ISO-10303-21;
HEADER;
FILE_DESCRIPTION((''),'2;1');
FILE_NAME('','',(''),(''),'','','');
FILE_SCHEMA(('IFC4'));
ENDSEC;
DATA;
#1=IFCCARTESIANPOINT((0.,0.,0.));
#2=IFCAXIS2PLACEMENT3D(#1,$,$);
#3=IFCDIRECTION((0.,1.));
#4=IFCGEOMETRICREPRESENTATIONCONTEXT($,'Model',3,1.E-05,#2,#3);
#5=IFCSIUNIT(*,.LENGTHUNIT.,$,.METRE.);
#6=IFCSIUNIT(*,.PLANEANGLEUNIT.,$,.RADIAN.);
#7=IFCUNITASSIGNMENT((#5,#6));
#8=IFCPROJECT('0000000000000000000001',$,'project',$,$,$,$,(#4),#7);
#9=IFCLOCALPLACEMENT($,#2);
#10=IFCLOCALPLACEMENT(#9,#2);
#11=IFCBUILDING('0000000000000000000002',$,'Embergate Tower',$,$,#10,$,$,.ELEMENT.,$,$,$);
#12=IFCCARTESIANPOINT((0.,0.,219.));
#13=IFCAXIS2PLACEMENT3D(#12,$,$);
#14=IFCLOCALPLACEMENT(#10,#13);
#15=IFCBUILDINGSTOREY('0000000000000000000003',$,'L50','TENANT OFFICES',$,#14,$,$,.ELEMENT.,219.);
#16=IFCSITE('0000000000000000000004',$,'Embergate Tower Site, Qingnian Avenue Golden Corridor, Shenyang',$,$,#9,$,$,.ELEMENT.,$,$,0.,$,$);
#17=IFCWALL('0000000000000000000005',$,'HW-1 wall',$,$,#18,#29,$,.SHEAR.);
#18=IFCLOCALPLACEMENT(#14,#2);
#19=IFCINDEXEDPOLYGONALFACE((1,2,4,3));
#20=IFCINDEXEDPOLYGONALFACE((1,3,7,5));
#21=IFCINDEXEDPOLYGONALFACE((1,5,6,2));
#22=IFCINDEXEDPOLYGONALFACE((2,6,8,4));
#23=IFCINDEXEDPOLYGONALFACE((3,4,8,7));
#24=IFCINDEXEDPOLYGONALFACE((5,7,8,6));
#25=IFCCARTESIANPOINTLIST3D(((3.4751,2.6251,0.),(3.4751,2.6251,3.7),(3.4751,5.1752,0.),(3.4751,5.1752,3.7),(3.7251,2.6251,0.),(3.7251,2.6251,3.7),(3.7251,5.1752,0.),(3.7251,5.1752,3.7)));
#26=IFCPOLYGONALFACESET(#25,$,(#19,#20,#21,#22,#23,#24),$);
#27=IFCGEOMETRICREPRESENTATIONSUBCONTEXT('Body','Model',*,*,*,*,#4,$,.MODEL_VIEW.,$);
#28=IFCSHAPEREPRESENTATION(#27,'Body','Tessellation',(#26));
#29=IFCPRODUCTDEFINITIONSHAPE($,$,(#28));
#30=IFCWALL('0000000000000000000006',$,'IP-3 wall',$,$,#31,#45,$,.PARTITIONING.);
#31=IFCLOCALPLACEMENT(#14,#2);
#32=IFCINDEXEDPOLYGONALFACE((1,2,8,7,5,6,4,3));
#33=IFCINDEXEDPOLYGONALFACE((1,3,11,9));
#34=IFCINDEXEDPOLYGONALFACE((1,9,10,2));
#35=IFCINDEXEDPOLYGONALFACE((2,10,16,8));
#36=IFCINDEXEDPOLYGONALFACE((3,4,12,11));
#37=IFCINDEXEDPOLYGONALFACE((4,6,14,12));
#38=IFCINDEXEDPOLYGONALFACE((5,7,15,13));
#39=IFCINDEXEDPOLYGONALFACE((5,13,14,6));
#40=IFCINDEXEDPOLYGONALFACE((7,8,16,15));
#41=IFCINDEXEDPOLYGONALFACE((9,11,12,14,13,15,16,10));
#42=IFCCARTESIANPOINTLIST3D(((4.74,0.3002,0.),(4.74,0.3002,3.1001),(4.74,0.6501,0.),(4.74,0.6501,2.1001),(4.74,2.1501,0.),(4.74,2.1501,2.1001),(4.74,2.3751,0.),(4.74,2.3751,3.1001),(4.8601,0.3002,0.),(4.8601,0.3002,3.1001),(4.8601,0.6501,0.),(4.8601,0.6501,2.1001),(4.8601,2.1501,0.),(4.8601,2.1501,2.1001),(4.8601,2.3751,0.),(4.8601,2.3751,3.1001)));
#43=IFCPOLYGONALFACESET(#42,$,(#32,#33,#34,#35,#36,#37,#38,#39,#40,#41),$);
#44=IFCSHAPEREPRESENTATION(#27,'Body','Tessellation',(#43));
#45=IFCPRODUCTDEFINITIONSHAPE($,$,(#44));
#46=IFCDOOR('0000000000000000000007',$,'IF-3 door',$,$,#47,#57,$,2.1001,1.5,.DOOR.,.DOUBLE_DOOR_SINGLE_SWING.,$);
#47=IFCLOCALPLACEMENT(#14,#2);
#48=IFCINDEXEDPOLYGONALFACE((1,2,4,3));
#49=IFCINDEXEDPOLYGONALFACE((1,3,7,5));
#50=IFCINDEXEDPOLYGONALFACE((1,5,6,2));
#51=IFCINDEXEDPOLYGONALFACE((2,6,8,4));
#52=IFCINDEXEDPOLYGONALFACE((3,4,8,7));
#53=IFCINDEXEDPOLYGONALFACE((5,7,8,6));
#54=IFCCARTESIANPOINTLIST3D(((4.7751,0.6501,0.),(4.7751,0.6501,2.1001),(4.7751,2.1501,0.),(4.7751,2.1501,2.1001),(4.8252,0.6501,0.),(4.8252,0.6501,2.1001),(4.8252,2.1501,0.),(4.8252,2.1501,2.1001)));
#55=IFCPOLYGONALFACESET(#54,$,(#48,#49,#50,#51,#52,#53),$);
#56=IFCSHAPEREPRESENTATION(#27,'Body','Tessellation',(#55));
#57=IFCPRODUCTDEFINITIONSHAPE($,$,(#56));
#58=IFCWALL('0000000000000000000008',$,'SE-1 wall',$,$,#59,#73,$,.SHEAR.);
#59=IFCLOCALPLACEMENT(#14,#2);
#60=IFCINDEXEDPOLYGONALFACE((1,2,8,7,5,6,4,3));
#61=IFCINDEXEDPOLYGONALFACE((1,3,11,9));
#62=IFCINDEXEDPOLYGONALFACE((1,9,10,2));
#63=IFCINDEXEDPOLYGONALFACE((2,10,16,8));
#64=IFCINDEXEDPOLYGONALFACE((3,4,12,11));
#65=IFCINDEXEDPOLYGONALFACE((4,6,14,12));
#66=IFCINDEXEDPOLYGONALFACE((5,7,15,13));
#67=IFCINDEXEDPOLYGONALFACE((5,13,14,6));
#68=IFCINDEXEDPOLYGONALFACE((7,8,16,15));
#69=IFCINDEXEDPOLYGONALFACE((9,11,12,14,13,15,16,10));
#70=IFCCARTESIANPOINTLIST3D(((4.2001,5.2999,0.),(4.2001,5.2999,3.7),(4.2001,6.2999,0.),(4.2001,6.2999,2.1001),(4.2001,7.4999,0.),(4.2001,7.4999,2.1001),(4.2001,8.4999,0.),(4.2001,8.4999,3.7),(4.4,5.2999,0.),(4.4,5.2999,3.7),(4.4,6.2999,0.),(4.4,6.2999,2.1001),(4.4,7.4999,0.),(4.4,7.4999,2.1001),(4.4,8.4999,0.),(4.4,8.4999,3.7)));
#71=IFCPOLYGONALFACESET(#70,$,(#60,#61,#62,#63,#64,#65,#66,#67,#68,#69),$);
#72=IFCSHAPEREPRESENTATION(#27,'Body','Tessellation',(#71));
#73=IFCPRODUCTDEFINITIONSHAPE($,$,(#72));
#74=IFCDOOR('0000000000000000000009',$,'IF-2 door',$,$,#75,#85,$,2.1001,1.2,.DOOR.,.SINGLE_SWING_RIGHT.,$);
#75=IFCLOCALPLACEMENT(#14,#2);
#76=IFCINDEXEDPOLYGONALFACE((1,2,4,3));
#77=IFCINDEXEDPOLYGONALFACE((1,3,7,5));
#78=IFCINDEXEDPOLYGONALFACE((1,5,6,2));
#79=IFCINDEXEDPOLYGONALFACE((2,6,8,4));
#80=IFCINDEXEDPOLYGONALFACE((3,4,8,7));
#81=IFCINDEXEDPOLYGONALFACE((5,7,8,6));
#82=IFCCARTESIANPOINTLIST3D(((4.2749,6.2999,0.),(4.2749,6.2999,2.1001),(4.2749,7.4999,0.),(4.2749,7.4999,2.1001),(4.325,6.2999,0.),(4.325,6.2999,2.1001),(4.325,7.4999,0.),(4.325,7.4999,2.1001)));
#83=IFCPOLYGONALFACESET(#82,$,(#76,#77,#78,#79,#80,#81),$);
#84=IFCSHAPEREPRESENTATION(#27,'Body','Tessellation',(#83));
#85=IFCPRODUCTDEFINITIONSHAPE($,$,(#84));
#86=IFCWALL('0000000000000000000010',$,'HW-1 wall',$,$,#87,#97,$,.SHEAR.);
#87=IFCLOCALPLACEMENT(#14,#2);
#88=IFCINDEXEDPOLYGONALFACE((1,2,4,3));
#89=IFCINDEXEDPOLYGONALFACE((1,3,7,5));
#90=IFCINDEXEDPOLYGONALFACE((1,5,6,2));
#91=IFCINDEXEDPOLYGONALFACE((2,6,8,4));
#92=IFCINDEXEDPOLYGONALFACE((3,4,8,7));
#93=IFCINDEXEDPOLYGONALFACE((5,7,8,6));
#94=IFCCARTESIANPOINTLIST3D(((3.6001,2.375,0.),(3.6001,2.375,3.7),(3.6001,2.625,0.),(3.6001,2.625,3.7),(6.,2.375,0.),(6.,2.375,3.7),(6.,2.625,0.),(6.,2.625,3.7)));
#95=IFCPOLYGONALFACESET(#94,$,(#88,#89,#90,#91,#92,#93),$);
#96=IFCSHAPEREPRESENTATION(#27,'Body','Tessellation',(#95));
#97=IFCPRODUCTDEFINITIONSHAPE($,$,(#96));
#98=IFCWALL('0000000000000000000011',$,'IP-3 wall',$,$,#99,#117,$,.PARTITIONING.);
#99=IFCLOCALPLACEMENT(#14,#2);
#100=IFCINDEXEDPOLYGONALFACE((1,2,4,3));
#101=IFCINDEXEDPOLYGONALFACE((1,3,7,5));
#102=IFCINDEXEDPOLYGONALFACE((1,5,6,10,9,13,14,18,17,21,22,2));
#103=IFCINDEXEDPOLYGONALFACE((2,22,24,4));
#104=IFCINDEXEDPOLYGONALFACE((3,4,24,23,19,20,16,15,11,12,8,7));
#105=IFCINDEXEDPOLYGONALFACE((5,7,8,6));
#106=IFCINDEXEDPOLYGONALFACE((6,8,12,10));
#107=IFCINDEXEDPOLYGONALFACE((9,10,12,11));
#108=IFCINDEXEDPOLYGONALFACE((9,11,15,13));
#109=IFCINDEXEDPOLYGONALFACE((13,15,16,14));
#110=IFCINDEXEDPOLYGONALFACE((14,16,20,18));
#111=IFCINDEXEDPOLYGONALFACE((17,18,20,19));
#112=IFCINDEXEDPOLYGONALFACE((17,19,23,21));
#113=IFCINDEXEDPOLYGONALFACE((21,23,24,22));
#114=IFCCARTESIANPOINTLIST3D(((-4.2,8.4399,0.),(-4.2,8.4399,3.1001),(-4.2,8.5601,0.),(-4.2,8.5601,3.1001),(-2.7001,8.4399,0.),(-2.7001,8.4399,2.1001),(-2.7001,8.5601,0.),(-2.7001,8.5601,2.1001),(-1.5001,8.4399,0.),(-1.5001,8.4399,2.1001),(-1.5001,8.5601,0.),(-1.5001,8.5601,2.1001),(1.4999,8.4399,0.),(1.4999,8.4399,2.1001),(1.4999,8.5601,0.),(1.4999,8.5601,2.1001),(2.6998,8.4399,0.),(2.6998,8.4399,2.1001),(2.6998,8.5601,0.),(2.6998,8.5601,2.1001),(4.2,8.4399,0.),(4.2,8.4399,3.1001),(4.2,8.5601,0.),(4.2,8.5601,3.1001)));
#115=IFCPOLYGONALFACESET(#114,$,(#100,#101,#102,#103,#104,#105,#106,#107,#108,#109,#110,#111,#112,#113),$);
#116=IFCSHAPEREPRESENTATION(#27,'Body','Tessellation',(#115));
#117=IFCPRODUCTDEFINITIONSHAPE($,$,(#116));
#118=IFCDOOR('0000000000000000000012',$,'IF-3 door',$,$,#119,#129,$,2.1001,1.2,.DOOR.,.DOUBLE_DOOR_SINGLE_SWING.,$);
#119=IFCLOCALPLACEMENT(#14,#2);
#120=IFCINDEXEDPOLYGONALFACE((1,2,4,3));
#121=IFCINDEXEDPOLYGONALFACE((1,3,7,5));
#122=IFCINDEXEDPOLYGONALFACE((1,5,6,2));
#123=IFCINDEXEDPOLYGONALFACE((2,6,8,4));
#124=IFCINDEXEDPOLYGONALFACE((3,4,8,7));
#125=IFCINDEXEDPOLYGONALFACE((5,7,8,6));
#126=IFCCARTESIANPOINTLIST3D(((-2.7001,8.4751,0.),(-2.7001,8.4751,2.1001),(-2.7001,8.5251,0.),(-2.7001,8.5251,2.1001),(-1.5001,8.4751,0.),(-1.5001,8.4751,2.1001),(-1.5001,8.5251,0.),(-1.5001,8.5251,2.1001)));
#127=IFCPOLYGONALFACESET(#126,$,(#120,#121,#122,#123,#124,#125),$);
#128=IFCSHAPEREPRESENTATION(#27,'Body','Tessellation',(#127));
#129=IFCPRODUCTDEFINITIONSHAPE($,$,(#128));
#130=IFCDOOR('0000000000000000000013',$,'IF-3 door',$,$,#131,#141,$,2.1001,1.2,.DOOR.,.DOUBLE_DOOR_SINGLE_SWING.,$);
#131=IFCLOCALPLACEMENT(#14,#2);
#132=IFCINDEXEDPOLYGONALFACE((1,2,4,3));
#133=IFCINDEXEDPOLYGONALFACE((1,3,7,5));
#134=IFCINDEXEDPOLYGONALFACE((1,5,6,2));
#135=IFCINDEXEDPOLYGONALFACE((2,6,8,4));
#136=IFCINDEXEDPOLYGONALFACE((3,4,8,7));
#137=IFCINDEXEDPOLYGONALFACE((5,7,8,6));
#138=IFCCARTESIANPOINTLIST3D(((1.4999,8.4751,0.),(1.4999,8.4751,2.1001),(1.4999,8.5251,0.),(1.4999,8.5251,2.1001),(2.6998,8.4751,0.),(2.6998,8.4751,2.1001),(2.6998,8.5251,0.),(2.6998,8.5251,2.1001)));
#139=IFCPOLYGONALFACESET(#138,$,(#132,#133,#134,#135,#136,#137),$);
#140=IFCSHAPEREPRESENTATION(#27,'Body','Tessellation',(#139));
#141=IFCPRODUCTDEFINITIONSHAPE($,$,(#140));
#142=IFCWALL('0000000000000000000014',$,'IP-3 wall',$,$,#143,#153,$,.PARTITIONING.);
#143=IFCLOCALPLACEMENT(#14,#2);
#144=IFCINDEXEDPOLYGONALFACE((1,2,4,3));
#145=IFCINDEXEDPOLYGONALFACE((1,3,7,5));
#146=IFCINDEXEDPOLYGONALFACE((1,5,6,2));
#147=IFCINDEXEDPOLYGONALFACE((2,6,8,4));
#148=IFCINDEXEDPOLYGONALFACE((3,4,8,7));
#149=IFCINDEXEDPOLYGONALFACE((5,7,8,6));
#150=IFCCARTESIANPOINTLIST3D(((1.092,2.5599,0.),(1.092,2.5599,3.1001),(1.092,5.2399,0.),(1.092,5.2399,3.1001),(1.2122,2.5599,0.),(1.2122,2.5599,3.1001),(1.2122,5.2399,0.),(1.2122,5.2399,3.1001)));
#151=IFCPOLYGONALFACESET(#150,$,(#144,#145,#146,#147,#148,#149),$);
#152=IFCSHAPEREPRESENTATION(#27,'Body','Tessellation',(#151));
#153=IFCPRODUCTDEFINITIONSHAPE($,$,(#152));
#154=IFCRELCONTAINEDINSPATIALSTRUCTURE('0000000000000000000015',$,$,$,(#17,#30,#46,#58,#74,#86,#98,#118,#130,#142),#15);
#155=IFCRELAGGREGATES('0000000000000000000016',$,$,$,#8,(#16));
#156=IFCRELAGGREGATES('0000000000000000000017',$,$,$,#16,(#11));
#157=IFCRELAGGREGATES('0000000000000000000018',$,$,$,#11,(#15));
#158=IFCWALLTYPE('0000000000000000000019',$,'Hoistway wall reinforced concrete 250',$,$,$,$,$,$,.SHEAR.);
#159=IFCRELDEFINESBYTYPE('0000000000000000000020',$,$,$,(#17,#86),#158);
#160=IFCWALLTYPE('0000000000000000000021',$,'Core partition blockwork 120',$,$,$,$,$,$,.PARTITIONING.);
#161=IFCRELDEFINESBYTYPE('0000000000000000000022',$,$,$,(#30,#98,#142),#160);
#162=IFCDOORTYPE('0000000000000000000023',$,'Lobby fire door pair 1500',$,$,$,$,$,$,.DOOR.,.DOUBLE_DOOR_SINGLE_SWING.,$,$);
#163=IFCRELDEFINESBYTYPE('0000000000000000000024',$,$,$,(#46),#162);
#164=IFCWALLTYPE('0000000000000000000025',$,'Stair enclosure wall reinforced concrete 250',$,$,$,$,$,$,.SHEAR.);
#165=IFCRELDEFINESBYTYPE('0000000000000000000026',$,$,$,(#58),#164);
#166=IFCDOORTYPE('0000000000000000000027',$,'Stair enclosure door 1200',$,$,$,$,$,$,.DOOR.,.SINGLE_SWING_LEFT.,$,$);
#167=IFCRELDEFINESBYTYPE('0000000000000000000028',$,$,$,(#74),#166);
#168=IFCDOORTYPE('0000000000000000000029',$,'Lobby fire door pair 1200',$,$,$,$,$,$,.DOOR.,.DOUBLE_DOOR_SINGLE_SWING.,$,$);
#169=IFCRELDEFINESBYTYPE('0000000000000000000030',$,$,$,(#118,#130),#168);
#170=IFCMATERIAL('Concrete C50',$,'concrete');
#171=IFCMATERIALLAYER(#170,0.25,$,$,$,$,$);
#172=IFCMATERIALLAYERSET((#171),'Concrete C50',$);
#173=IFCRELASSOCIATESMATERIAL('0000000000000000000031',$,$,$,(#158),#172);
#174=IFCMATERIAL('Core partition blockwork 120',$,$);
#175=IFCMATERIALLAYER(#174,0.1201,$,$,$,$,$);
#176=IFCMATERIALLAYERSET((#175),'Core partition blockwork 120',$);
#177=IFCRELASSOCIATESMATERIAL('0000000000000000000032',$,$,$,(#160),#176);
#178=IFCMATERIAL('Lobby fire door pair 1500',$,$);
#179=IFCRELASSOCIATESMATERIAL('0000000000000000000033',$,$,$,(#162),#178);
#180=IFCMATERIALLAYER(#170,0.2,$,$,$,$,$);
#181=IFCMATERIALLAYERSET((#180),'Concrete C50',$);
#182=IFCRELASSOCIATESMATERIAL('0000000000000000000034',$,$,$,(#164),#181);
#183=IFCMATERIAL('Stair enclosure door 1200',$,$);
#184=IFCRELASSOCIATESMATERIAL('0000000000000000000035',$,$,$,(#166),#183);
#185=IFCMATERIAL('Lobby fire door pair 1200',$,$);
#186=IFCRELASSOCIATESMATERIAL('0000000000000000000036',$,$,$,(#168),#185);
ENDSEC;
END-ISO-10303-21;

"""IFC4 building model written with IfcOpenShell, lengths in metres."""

from ifc_helpers import new_model, si_unit, direction, frame, frame_2d, origin, place, context, subcontext, project, spatial, rectangle, extrude, source, transform, mapped, material, layer, layer_set, type_object, element, fill, save


model = new_model("IFC4")

# Units and contexts
model_context = context("Model", 3, precision=1e-05, world=origin(), true_north=direction((0.0, 1.0)))
body_context = subcontext(model_context, "Body", "Model", "MODEL_VIEW")
ifc_project = project(units=[si_unit("LENGTHUNIT", "METRE"), si_unit("PLANEANGLEUNIT", "RADIAN")], contexts=[model_context])

# Site, building, storey
site_placement = place(None, origin())
site = spatial("IfcSite", under=ifc_project, at=site_placement, Name="Embergate Tower Site, Qingnian Avenue Golden Corridor, Shenyang", CompositionType="ELEMENT", RefElevation=0.0)
building_placement = place(site_placement, origin())
building = spatial("IfcBuilding", under=site, at=building_placement, Name="Embergate Tower", CompositionType="ELEMENT")
storey_placement = place(building_placement, frame((0.0, 0.0, 219.0)))
storey = spatial("IfcBuildingStorey", under=building, at=storey_placement, Name="L50", Description="TENANT OFFICES", CompositionType="ELEMENT", Elevation=219.0)

# Wall
ifc_material_1 = material(Name="Concrete C50", Category="concrete")
ifc_layer_1 = layer(ifc_material_1, 0.25)
ifc_layer_set_1 = layer_set([ifc_layer_1], Name="Concrete C50")
wall_type_1 = type_object("IfcWallType", Name="Hoistway wall reinforced concrete 250", PredefinedType="SHEAR", material=ifc_layer_set_1)
shared_shape_1 = source(origin(), body_context, "Body", "SweptSolid", [
    extrude(rectangle(XDim=2.55, YDim=0.25, at=frame_2d((1.2749, 0.0))), origin(), (0.0, 0.0, 1.0), 3.7),
])
wall_1_placement = place(storey_placement, frame((3.6001, 5.175, 0.0), z_axis=(0.0, 0.0, 1.0), x_axis=(0.0, -1.0, 0.0)))
element("IfcWall", 1, at=wall_1_placement, inside=storey, type_object=wall_type_1, Name="HW-1 wall", PredefinedType="SHEAR", context=body_context, shape_type="MappedRepresentation", body=[
    mapped(shared_shape_1, transform((0.0, 0.0, 0.0))),
])

# Walls, openings, doors
ifc_material_2 = material(Name="Core partition blockwork 120")
ifc_layer_2 = layer(ifc_material_2, 0.1201)
ifc_layer_set_2 = layer_set([ifc_layer_2], Name="Core partition blockwork 120")
wall_type_2 = type_object("IfcWallType", Name="Core partition blockwork 120", PredefinedType="PARTITIONING", material=ifc_layer_set_2)
shared_shape_2 = source(origin(), body_context, "Body", "SweptSolid", [
    extrude(rectangle(XDim=2.075, YDim=0.1201, at=frame_2d((1.0376, 0.0))), origin(), (0.0, 0.0, 1.0), 3.1001),
])
wall_2_placement = place(storey_placement, frame((4.8, 0.3, 0.0), z_axis=(0.0, 0.0, 1.0), x_axis=(0.0, 1.0, 0.0)))
wall_2 = element("IfcWall", 2, at=wall_2_placement, inside=storey, type_object=wall_type_2, Name="IP-3 wall", PredefinedType="PARTITIONING", context=body_context, shape_type="MappedRepresentation", body=[
    mapped(shared_shape_2, transform((0.0, 0.0, 0.0))),
])
shared_shape_3 = source(origin(), body_context, "Body", "SweptSolid", [
    extrude(rectangle(XDim=1.5, YDim=2.1001, at=frame_2d((0.75, 1.05))), frame((0.0, 0.0701, 0.0), z_axis=(0.0, -1.0, 0.0), x_axis=(1.0, 0.0, 0.0)), (0.0, 0.0, 1.0), 0.1401),
])
opening_1_placement = place(wall_2_placement, frame((0.3501, 0.0, 0.0)))
opening_1 = element("IfcOpeningElement", 3, at=opening_1_placement, cuts=wall_2, PredefinedType="OPENING", context=body_context, shape_type="MappedRepresentation", body=[
    mapped(shared_shape_3, transform((0.0, 0.0, 0.0))),
])
ifc_material_3 = material(Name="Lobby fire door pair 1500")
door_type_1 = type_object("IfcDoorType", Name="Lobby fire door pair 1500", OperationType="DOUBLE_DOOR_SINGLE_SWING", PredefinedType="DOOR", material=ifc_material_3)
shared_shape_4 = source(origin(), body_context, "Body", "SweptSolid", [
    extrude(rectangle(XDim=1.5, YDim=2.1001, at=frame_2d((0.75, 1.05))), frame((0.0, 0.0249, 0.0), z_axis=(0.0, -1.0, 0.0), x_axis=(1.0, 0.0, 0.0)), (0.0, 0.0, 1.0), 0.05),
])
door_1_placement = place(opening_1_placement, origin())
door_1 = element("IfcDoor", 4, at=door_1_placement, inside=storey, type_object=door_type_1, Name="IF-3 door", OperationType="DOUBLE_DOOR_SINGLE_SWING", OverallHeight=2.1001, OverallWidth=1.5, PredefinedType="DOOR", context=body_context, shape_type="MappedRepresentation", body=[
    mapped(shared_shape_4, transform((0.0, 0.0, 0.0))),
])
fill(opening_1, door_1)
ifc_layer_3 = layer(ifc_material_1, 0.2)
ifc_layer_set_3 = layer_set([ifc_layer_3], Name="Concrete C50")
wall_type_3 = type_object("IfcWallType", Name="Stair enclosure wall reinforced concrete 250", PredefinedType="SHEAR", material=ifc_layer_set_3)
shared_shape_5 = source(origin(), body_context, "Body", "SweptSolid", [
    extrude(rectangle(XDim=3.2, YDim=0.2, at=frame_2d((1.6001, 0.0))), origin(), (0.0, 0.0, 1.0), 3.7),
])
wall_3_placement = place(storey_placement, frame((4.3, 8.5, 0.0), z_axis=(0.0, 0.0, 1.0), x_axis=(0.0, -1.0, 0.0)))
wall_3 = element("IfcWall", 5, at=wall_3_placement, inside=storey, type_object=wall_type_3, Name="SE-1 wall", PredefinedType="SHEAR", context=body_context, shape_type="MappedRepresentation", body=[
    mapped(shared_shape_5, transform((0.0, 0.0, 0.0))),
])
shared_shape_6 = source(origin(), body_context, "Body", "SweptSolid", [
    extrude(rectangle(XDim=1.2, YDim=2.1001, at=frame_2d((0.6001, 1.05))), frame((0.0, 0.1099, 0.0), z_axis=(0.0, -1.0, 0.0), x_axis=(1.0, 0.0, 0.0)), (0.0, 0.0, 1.0), 0.22),
])
opening_2_placement = place(wall_3_placement, frame((1.0, 0.0, 0.0)))
opening_2 = element("IfcOpeningElement", 6, at=opening_2_placement, cuts=wall_3, PredefinedType="OPENING", context=body_context, shape_type="MappedRepresentation", body=[
    mapped(shared_shape_6, transform((0.0, 0.0, 0.0))),
])
ifc_material_4 = material(Name="Stair enclosure door 1200")
door_type_2 = type_object("IfcDoorType", Name="Stair enclosure door 1200", OperationType="SINGLE_SWING_LEFT", PredefinedType="DOOR", material=ifc_material_4)
shared_shape_7 = source(origin(), body_context, "Body", "SweptSolid", [
    extrude(rectangle(XDim=1.2, YDim=2.1001, at=frame_2d((0.6001, 1.05))), frame((0.0, 0.0249, 0.0), z_axis=(0.0, -1.0, 0.0), x_axis=(1.0, 0.0, 0.0)), (0.0, 0.0, 1.0), 0.05),
])
door_2_placement = place(opening_2_placement, origin())
door_2 = element("IfcDoor", 7, at=door_2_placement, inside=storey, type_object=door_type_2, Name="IF-2 door", OperationType="SINGLE_SWING_RIGHT", OverallHeight=2.1001, OverallWidth=1.2, PredefinedType="DOOR", context=body_context, shape_type="MappedRepresentation", body=[
    mapped(shared_shape_7, transform((0.0, 0.0, 0.0))),
])
fill(opening_2, door_2)

# Wall
shared_shape_8 = source(origin(), body_context, "Body", "SweptSolid", [
    extrude(rectangle(XDim=2.3999, YDim=0.25, at=frame_2d((1.2, 0.0))), origin(), (0.0, 0.0, 1.0), 3.7),
])
wall_4_placement = place(storey_placement, frame((3.6001, 2.5, 0.0), z_axis=(0.0, 0.0, 1.0), x_axis=(1.0, 0.0, 0.0)))
element("IfcWall", 8, at=wall_4_placement, inside=storey, type_object=wall_type_1, Name="HW-1 wall", PredefinedType="SHEAR", context=body_context, shape_type="MappedRepresentation", body=[
    mapped(shared_shape_8, transform((0.0, 0.0, 0.0))),
])

# Wall, openings, doors
shared_shape_9 = source(origin(), body_context, "Body", "SweptSolid", [
    extrude(rectangle(XDim=8.3999, YDim=0.1201, at=frame_2d((4.2, 0.0))), origin(), (0.0, 0.0, 1.0), 3.1001),
])
wall_5_placement = place(storey_placement, frame((4.2, 8.5, 0.0), z_axis=(0.0, 0.0, 1.0), x_axis=(-1.0, 0.0, 0.0)))
wall_5 = element("IfcWall", 9, at=wall_5_placement, inside=storey, type_object=wall_type_2, Name="IP-3 wall", PredefinedType="PARTITIONING", context=body_context, shape_type="MappedRepresentation", body=[
    mapped(shared_shape_9, transform((0.0, 0.0, 0.0))),
])
shared_shape_10 = source(origin(), body_context, "Body", "SweptSolid", [
    extrude(rectangle(XDim=1.2, YDim=2.1001, at=frame_2d((0.6001, 1.05))), frame((0.0, 0.0701, 0.0), z_axis=(0.0, -1.0, 0.0), x_axis=(1.0, 0.0, 0.0)), (0.0, 0.0, 1.0), 0.1401),
])
opening_3_placement = place(wall_5_placement, frame((5.7, 0.0, 0.0)))
opening_3 = element("IfcOpeningElement", 10, at=opening_3_placement, cuts=wall_5, PredefinedType="OPENING", context=body_context, shape_type="MappedRepresentation", body=[
    mapped(shared_shape_10, transform((0.0, 0.0, 0.0))),
])
opening_4_placement = place(wall_5_placement, frame((1.5, 0.0, 0.0)))
opening_4 = element("IfcOpeningElement", 11, at=opening_4_placement, cuts=wall_5, PredefinedType="OPENING", context=body_context, shape_type="MappedRepresentation", body=[
    mapped(shared_shape_10, transform((0.0, 0.0, 0.0))),
])
ifc_material_5 = material(Name="Lobby fire door pair 1200")
door_type_3 = type_object("IfcDoorType", Name="Lobby fire door pair 1200", OperationType="DOUBLE_DOOR_SINGLE_SWING", PredefinedType="DOOR", material=ifc_material_5)
door_3_placement = place(opening_3_placement, origin())
door_3 = element("IfcDoor", 12, at=door_3_placement, inside=storey, type_object=door_type_3, Name="IF-3 door", OperationType="DOUBLE_DOOR_SINGLE_SWING", OverallHeight=2.1001, OverallWidth=1.2, PredefinedType="DOOR", context=body_context, shape_type="MappedRepresentation", body=[
    mapped(shared_shape_7, transform((0.0, 0.0, 0.0))),
])
fill(opening_3, door_3)
door_4_placement = place(opening_4_placement, origin())
door_4 = element("IfcDoor", 13, at=door_4_placement, inside=storey, type_object=door_type_3, Name="IF-3 door", OperationType="DOUBLE_DOOR_SINGLE_SWING", OverallHeight=2.1001, OverallWidth=1.2, PredefinedType="DOOR", context=body_context, shape_type="MappedRepresentation", body=[
    mapped(shared_shape_7, transform((0.0, 0.0, 0.0))),
])
fill(opening_4, door_4)

# Wall
shared_shape_11 = source(origin(), body_context, "Body", "SweptSolid", [
    extrude(rectangle(XDim=2.6799, YDim=0.1201, at=frame_2d((1.3398, 0.0))), origin(), (0.0, 0.0, 1.0), 3.1001),
])
wall_6_placement = place(storey_placement, frame((1.1521, 2.5601, 0.0), z_axis=(0.0, 0.0, 1.0), x_axis=(0.0, 1.0, 0.0)))
element("IfcWall", 14, at=wall_6_placement, inside=storey, type_object=wall_type_2, Name="IP-3 wall", PredefinedType="PARTITIONING", context=body_context, shape_type="MappedRepresentation", body=[
    mapped(shared_shape_11, transform((0.0, 0.0, 0.0))),
])

save(model, "model.ifc")
